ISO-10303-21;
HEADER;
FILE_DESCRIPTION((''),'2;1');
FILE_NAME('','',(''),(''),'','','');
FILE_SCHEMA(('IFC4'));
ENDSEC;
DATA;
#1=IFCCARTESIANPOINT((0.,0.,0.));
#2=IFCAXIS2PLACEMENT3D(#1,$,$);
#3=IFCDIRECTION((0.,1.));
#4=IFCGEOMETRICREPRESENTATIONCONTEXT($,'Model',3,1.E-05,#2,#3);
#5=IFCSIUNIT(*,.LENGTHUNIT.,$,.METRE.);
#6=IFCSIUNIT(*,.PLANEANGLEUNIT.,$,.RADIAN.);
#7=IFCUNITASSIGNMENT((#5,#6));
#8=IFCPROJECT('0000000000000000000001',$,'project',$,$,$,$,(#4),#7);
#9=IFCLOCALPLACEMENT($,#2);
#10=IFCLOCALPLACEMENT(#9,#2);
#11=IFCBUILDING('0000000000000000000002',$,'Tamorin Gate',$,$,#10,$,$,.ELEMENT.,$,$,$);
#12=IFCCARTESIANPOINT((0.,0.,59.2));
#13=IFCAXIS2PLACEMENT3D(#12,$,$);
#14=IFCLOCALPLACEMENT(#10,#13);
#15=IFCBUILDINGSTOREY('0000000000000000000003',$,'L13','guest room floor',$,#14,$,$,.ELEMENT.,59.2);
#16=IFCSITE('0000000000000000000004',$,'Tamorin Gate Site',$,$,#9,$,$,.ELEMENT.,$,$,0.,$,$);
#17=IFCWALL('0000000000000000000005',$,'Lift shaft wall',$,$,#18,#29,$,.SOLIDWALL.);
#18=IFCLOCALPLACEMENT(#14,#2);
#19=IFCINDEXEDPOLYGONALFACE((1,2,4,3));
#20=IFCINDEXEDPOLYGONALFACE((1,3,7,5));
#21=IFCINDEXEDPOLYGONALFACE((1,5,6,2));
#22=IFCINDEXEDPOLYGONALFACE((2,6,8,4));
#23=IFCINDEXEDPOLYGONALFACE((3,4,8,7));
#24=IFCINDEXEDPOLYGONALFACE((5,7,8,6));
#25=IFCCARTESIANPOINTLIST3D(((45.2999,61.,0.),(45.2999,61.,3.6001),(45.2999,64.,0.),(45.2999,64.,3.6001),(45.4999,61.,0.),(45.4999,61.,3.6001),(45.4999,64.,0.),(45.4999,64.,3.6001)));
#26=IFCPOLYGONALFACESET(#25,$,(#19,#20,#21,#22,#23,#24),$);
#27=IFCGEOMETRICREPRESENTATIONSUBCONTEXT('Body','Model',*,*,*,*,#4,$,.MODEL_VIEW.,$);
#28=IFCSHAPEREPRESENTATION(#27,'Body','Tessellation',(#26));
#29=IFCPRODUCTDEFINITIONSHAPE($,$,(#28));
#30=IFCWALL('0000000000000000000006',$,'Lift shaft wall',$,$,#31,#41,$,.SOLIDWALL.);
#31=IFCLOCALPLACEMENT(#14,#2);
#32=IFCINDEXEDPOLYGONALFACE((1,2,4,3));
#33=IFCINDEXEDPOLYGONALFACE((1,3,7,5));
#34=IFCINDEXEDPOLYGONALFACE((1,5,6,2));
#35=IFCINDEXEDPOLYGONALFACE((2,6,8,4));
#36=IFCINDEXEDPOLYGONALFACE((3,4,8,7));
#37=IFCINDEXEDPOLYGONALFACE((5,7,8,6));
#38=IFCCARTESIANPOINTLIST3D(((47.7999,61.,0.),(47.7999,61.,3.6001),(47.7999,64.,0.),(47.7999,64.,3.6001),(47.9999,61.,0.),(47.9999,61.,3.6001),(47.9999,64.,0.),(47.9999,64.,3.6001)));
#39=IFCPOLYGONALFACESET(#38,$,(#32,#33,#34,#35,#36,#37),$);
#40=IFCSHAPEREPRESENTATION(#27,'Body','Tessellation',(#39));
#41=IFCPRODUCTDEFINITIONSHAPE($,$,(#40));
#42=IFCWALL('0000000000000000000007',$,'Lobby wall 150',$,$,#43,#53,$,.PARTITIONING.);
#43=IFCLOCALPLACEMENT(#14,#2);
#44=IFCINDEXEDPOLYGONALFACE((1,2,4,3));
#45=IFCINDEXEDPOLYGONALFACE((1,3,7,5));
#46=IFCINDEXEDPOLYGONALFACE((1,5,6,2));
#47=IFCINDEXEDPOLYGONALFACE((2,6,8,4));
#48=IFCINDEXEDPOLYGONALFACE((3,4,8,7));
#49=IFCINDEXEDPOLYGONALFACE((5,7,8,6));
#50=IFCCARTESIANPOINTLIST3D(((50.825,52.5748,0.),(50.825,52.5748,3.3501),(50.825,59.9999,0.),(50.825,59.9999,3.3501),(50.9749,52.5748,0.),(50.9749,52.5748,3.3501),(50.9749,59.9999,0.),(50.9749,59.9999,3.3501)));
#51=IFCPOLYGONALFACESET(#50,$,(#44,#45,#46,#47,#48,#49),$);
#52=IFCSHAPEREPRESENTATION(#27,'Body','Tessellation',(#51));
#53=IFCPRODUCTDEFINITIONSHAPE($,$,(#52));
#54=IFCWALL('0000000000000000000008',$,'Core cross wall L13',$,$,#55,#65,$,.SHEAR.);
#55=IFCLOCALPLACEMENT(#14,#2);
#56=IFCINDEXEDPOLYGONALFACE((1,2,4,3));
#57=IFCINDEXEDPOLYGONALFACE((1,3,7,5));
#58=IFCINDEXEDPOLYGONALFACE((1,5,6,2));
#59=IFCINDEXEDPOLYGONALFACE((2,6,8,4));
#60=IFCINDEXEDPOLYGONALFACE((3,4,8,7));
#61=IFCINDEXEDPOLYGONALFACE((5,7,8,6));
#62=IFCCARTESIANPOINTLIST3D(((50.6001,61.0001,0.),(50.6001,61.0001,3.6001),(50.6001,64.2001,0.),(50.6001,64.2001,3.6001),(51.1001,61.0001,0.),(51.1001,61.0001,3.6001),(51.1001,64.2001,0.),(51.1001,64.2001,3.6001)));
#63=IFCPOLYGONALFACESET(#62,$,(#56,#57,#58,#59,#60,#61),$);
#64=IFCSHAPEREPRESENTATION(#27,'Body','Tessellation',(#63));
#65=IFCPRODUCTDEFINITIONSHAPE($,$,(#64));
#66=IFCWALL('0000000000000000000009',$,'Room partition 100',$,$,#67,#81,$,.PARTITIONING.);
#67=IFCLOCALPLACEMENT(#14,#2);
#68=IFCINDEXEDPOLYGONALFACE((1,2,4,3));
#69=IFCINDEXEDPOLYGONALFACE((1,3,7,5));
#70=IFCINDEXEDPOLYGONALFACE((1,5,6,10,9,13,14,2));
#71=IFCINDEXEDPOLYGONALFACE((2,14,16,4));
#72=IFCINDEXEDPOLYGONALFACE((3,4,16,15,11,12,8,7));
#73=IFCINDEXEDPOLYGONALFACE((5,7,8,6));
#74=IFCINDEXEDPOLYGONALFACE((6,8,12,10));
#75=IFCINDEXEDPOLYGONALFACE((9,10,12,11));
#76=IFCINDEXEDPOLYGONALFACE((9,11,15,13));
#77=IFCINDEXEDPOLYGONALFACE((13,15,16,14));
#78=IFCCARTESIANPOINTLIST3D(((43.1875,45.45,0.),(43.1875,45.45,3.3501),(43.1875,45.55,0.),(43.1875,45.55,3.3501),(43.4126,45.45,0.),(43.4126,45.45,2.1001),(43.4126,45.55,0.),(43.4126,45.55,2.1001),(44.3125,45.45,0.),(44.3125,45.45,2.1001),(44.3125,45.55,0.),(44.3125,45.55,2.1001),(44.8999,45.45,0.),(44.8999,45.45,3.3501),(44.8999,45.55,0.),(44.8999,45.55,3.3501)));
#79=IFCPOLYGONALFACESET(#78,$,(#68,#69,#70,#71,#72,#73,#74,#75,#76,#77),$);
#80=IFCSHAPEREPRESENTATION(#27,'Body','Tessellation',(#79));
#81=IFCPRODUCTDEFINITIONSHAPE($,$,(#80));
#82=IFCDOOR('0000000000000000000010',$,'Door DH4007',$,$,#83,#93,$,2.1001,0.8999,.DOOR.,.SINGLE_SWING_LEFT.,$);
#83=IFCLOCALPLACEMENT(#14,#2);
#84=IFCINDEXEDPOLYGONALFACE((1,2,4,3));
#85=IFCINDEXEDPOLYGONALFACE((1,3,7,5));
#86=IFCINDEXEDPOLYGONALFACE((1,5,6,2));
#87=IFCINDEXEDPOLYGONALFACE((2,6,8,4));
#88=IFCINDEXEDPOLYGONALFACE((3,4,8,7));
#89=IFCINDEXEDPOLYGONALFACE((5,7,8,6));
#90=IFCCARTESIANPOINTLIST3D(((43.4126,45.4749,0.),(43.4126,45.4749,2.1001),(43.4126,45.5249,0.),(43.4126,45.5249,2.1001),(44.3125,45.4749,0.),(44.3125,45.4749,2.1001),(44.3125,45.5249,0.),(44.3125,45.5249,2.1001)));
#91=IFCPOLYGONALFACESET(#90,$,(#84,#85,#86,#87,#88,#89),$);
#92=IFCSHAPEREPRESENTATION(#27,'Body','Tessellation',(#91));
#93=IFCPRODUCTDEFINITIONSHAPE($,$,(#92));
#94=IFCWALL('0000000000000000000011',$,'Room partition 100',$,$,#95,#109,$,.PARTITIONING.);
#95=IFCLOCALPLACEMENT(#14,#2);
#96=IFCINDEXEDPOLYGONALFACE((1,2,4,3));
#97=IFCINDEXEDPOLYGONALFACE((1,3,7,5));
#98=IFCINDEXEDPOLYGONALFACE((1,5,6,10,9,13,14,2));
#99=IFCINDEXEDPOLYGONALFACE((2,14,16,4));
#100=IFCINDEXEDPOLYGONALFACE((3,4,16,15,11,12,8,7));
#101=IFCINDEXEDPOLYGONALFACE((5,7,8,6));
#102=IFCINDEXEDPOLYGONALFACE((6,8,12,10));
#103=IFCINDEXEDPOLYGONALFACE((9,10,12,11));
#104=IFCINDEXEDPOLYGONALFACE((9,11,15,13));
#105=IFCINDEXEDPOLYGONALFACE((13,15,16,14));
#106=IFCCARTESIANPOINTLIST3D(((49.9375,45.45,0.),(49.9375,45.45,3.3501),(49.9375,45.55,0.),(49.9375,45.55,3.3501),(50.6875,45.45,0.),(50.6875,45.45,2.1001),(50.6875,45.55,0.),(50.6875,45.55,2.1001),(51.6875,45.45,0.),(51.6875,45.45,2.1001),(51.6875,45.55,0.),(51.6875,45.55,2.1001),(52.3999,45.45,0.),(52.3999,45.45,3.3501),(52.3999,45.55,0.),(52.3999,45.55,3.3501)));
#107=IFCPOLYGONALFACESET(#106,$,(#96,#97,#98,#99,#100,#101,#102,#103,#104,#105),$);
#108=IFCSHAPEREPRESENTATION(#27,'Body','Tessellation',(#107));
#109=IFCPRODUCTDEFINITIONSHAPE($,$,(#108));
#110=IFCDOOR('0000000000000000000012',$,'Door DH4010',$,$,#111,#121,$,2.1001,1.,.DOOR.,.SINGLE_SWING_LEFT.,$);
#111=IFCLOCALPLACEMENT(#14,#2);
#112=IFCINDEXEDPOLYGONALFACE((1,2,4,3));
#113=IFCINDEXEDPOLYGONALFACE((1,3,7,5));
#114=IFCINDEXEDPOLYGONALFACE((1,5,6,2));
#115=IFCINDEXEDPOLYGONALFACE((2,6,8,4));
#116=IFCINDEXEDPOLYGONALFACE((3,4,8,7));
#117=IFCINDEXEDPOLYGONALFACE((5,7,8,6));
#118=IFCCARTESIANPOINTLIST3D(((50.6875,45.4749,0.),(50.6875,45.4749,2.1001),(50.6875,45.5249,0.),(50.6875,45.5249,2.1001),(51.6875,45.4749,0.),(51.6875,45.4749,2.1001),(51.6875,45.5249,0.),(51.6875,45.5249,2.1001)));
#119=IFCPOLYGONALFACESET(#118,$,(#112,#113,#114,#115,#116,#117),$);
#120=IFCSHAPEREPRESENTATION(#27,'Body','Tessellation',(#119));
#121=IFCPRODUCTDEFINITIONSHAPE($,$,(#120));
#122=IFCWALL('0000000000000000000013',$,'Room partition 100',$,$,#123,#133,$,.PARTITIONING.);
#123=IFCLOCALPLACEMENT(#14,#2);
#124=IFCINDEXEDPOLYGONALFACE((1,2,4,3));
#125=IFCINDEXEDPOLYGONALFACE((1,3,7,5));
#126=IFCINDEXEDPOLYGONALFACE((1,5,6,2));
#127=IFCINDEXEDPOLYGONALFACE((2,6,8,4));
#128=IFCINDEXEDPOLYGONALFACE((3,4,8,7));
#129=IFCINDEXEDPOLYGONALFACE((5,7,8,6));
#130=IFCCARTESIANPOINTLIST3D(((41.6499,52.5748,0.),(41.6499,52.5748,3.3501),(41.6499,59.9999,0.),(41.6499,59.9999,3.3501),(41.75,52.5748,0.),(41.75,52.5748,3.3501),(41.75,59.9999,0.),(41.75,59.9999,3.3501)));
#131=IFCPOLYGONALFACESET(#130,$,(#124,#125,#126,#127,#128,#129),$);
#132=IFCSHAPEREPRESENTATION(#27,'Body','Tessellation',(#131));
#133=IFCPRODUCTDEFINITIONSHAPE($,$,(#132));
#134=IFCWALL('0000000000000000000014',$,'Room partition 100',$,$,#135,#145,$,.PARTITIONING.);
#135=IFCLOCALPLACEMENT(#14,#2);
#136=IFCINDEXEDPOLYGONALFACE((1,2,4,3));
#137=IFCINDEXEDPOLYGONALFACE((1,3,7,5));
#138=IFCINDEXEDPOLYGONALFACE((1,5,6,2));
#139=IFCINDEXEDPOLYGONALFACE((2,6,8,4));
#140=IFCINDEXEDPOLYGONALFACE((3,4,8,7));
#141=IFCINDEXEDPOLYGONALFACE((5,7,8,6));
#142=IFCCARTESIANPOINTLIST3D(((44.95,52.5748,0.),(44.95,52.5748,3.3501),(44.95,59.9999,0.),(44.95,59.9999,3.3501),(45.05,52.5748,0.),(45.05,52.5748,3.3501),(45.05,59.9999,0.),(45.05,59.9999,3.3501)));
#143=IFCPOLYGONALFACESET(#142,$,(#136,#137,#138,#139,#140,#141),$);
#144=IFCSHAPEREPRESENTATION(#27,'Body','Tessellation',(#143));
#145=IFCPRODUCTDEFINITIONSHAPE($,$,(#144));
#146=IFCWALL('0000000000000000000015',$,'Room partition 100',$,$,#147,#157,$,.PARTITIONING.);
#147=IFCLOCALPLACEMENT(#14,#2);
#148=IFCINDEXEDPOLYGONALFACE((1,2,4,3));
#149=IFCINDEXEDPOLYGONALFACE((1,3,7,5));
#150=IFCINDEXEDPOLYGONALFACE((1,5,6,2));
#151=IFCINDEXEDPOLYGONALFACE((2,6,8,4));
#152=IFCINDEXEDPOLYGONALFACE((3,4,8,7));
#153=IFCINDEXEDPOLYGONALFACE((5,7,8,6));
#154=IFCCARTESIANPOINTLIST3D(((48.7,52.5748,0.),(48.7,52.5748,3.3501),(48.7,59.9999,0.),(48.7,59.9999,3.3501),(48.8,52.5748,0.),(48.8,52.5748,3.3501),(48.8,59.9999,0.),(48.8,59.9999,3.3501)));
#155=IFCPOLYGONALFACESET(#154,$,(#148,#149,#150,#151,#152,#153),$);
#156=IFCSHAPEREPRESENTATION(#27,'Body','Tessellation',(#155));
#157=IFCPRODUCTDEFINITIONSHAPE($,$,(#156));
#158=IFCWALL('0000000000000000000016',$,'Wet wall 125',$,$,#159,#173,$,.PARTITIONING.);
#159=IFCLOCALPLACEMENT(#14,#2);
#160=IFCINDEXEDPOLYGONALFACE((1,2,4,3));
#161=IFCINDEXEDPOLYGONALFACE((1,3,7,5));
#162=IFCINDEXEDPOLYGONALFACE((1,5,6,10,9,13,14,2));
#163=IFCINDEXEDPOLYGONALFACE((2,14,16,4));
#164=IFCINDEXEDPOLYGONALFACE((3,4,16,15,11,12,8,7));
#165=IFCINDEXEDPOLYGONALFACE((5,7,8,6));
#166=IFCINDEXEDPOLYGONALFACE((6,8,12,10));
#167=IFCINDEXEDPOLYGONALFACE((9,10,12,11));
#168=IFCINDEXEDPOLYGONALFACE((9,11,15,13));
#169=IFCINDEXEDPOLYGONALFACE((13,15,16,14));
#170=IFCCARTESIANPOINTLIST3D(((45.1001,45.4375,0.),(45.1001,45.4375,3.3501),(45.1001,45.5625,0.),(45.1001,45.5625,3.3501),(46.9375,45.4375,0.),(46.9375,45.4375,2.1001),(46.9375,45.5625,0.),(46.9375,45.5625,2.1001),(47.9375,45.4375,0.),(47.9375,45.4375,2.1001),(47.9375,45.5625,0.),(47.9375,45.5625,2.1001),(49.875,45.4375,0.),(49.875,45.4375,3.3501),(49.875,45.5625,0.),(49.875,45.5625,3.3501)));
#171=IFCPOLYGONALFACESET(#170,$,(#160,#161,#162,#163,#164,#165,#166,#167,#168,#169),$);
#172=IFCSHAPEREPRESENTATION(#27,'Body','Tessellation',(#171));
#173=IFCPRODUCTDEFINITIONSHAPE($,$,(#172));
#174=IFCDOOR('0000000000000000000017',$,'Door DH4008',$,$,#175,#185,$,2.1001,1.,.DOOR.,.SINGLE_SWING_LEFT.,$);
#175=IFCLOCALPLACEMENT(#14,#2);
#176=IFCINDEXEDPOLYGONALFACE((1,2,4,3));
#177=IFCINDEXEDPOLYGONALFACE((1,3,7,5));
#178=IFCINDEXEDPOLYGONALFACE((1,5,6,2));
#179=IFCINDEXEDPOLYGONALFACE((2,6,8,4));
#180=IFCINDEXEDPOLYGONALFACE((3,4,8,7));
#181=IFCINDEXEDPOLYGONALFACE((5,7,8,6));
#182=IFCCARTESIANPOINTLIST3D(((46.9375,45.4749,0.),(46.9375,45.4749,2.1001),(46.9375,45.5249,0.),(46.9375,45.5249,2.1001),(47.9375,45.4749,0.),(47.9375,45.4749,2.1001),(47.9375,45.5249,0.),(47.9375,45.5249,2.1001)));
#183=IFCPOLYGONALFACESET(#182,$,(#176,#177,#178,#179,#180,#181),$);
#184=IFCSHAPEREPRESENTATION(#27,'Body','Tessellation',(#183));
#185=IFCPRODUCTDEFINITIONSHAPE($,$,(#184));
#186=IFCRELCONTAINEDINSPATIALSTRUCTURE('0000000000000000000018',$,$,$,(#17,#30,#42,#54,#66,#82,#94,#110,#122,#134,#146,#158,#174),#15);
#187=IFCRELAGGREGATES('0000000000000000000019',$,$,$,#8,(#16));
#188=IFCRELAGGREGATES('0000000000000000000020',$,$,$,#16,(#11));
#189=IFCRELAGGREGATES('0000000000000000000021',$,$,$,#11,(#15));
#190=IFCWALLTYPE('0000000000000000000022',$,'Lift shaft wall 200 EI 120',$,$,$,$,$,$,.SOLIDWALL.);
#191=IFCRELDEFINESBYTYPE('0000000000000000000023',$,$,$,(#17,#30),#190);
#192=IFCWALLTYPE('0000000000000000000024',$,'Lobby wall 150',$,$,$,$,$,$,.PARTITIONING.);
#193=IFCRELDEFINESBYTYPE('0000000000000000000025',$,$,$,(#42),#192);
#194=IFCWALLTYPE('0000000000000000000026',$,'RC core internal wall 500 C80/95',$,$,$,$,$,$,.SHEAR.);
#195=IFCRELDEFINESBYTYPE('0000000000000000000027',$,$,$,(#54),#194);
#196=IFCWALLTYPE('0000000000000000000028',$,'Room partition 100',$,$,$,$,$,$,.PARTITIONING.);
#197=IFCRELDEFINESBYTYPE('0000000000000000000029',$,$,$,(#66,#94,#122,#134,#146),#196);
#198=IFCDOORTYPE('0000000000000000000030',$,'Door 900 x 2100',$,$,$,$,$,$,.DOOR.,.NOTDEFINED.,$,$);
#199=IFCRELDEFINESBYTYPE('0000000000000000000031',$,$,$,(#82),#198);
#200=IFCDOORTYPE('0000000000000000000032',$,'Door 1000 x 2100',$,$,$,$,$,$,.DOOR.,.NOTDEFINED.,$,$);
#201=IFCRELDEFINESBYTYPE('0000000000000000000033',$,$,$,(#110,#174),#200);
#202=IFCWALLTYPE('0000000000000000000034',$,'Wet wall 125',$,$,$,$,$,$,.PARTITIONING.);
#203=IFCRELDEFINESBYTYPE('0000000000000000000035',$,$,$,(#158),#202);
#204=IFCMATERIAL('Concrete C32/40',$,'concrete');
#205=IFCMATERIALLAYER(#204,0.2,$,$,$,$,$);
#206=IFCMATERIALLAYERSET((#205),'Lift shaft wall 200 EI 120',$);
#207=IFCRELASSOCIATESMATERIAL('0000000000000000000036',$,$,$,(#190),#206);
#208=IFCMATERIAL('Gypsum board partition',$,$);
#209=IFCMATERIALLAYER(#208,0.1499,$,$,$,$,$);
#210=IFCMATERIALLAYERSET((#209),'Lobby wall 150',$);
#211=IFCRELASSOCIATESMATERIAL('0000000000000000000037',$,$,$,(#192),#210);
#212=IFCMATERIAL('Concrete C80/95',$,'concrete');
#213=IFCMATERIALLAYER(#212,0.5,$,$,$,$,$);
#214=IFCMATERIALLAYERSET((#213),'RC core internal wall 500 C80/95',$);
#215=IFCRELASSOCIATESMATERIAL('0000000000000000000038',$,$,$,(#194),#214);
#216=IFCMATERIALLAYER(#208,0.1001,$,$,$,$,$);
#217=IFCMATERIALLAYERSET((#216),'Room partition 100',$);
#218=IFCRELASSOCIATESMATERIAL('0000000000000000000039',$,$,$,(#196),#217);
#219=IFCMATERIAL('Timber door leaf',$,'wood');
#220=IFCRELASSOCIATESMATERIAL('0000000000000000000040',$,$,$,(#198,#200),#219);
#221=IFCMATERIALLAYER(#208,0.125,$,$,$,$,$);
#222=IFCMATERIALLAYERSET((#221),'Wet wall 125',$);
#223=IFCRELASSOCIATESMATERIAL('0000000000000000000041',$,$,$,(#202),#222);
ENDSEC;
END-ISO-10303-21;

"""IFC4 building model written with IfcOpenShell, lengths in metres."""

from ifc_helpers import new_model, si_unit, direction, frame, frame_2d, origin, place, context, subcontext, project, spatial, rectangle, extrude, material, layer, layer_set, type_object, element, fill, save


model = new_model("IFC4")

# Units and contexts
model_context = context("Model", 3, precision=1e-05, world=origin(), true_north=direction((0.0, 1.0)))
body_context = subcontext(model_context, "Body", "Model", "MODEL_VIEW")
ifc_project = project(units=[si_unit("LENGTHUNIT", "METRE"), si_unit("PLANEANGLEUNIT", "RADIAN")], contexts=[model_context])

# Site, building, storey
site_placement = place(None, origin())
site = spatial("IfcSite", under=ifc_project, at=site_placement, Name="Tamorin Gate Site", CompositionType="ELEMENT", RefElevation=0.0)
building_placement = place(site_placement, origin())
building = spatial("IfcBuilding", under=site, at=building_placement, Name="Tamorin Gate", CompositionType="ELEMENT")
storey_placement = place(building_placement, frame((0.0, 0.0, 59.2)))
storey = spatial("IfcBuildingStorey", under=building, at=storey_placement, Name="L13", Description="guest room floor", CompositionType="ELEMENT", Elevation=59.2)

# Shared definitions
ifc_material_1 = material(Name="Concrete C80/95", Category="concrete")

# Walls
ifc_material_2 = material(Name="Gypsum board partition")
ifc_material_3 = material(Name="Concrete C32/40", Category="concrete")
ifc_layer_1 = layer(ifc_material_3, 0.2)
ifc_layer_set_1 = layer_set([ifc_layer_1], Name="Lift shaft wall 200 EI 120")
wall_type_1 = type_object("IfcWallType", Name="Lift shaft wall 200 EI 120", PredefinedType="SOLIDWALL", material=ifc_layer_set_1)
for number, where, z_axis, x_axis, name in (
    (1, (45.3999, 61.0, 0.0), (0.0, 0.0, 1.0), (0.0, 1.0, 0.0), "Lift shaft wall"),
    (2, (47.8999, 61.0, 0.0), (0.0, 0.0, 1.0), (0.0, 1.0, 0.0), "Lift shaft wall"),
):
    element("IfcWall", number, at=place(storey_placement, frame(where, z_axis=z_axis, x_axis=x_axis)), inside=storey, type_object=wall_type_1, Name=name, PredefinedType="SOLIDWALL", context=body_context, shape_type="SweptSolid", body=[
        extrude(rectangle(XDim=3.0, YDim=0.2, at=frame_2d((1.5, 0.0))), origin(), (0.0, 0.0, 1.0), 3.6001),
    ])
ifc_layer_2 = layer(ifc_material_2, 0.1499)
ifc_layer_set_2 = layer_set([ifc_layer_2], Name="Lobby wall 150")
wall_type_2 = type_object("IfcWallType", Name="Lobby wall 150", PredefinedType="PARTITIONING", material=ifc_layer_set_2)
wall_1_placement = place(storey_placement, frame((50.8999, 52.575, 0.0), z_axis=(0.0, 0.0, 1.0), x_axis=(0.0, 1.0, 0.0)))
element("IfcWall", 3, at=wall_1_placement, inside=storey, type_object=wall_type_2, Name="Lobby wall 150", PredefinedType="PARTITIONING", context=body_context, shape_type="SweptSolid", body=[
    extrude(rectangle(XDim=7.425, YDim=0.1499, at=frame_2d((3.7124, 0.0))), origin(), (0.0, 0.0, 1.0), 3.3501),
])
ifc_layer_3 = layer(ifc_material_1, 0.5)
ifc_layer_set_3 = layer_set([ifc_layer_3], Name="RC core internal wall 500 C80/95")
wall_type_3 = type_object("IfcWallType", Name="RC core internal wall 500 C80/95", PredefinedType="SHEAR", material=ifc_layer_set_3)
wall_2_placement = place(storey_placement, frame((50.8501, 61.0, 0.0), z_axis=(0.0, 0.0, 1.0), x_axis=(0.0, 1.0, 0.0)))
element("IfcWall", 4, at=wall_2_placement, inside=storey, type_object=wall_type_3, Name="Core cross wall L13", PredefinedType="SHEAR", context=body_context, shape_type="SweptSolid", body=[
    extrude(rectangle(XDim=3.2, YDim=0.5, at=frame_2d((1.6001, 0.0))), origin(), (0.0, 0.0, 1.0), 3.6001),
])

# Walls, openings, doors
ifc_layer_4 = layer(ifc_material_2, 0.1001)
ifc_layer_set_4 = layer_set([ifc_layer_4], Name="Room partition 100")
wall_type_4 = type_object("IfcWallType", Name="Room partition 100", PredefinedType="PARTITIONING", material=ifc_layer_set_4)
wall_3_placement = place(storey_placement, frame((43.1875, 45.5, 0.0), z_axis=(0.0, 0.0, 1.0), x_axis=(1.0, 0.0, 0.0)))
wall_3 = element("IfcWall", 5, at=wall_3_placement, inside=storey, type_object=wall_type_4, Name="Room partition 100", PredefinedType="PARTITIONING", context=body_context, shape_type="SweptSolid", body=[
    extrude(rectangle(XDim=1.7124, YDim=0.1001, at=frame_2d((0.8562, 0.0))), origin(), (0.0, 0.0, 1.0), 3.3501),
])
opening_1_placement = place(wall_3_placement, frame((0.2251, 0.0, 0.0)))
opening_1 = element("IfcOpeningElement", 6, at=opening_1_placement, cuts=wall_3, PredefinedType="OPENING", context=body_context, shape_type="SweptSolid", body=[
    extrude(rectangle(XDim=0.8999, YDim=2.1001, at=frame_2d((0.45, 1.05))), frame((0.0, 0.0601, 0.0), z_axis=(0.0, -1.0, 0.0), x_axis=(1.0, 0.0, 0.0)), (0.0, 0.0, 1.0), 0.1201),
])
ifc_material_4 = material(Name="Timber door leaf", Category="wood")
door_type_1 = type_object("IfcDoorType", Name="Door 900 x 2100", OperationType="NOTDEFINED", PredefinedType="DOOR", material=ifc_material_4)
door_1_placement = place(opening_1_placement, origin())
door_1 = element("IfcDoor", 7, at=door_1_placement, inside=storey, type_object=door_type_1, Name="Door DH4007", OperationType="SINGLE_SWING_LEFT", OverallHeight=2.1001, OverallWidth=0.8999, PredefinedType="DOOR", context=body_context, shape_type="SweptSolid", body=[
    extrude(rectangle(XDim=0.8999, YDim=2.1001, at=frame_2d((0.45, 1.05))), frame((0.0, 0.0249, 0.0), z_axis=(0.0, -1.0, 0.0), x_axis=(1.0, 0.0, 0.0)), (0.0, 0.0, 1.0), 0.05),
])
fill(opening_1, door_1)
wall_4_placement = place(storey_placement, frame((49.9375, 45.5, 0.0), z_axis=(0.0, 0.0, 1.0), x_axis=(1.0, 0.0, 0.0)))
wall_4 = element("IfcWall", 8, at=wall_4_placement, inside=storey, type_object=wall_type_4, Name="Room partition 100", PredefinedType="PARTITIONING", context=body_context, shape_type="SweptSolid", body=[
    extrude(rectangle(XDim=2.4624, YDim=0.1001, at=frame_2d((1.2312, 0.0))), origin(), (0.0, 0.0, 1.0), 3.3501),
])
opening_2_placement = place(wall_4_placement, frame((0.75, 0.0, 0.0)))
opening_2 = element("IfcOpeningElement", 9, at=opening_2_placement, cuts=wall_4, PredefinedType="OPENING", context=body_context, shape_type="SweptSolid", body=[
    extrude(rectangle(XDim=1.0, YDim=2.1001, at=frame_2d((0.5, 1.05))), frame((0.0, 0.0601, 0.0), z_axis=(0.0, -1.0, 0.0), x_axis=(1.0, 0.0, 0.0)), (0.0, 0.0, 1.0), 0.1201),
])
door_type_2 = type_object("IfcDoorType", Name="Door 1000 x 2100", OperationType="NOTDEFINED", PredefinedType="DOOR", material=ifc_material_4)
door_2_placement = place(opening_2_placement, origin())
door_2 = element("IfcDoor", 10, at=door_2_placement, inside=storey, type_object=door_type_2, Name="Door DH4010", OperationType="SINGLE_SWING_LEFT", OverallHeight=2.1001, OverallWidth=1.0, PredefinedType="DOOR", context=body_context, shape_type="SweptSolid", body=[
    extrude(rectangle(XDim=1.0, YDim=2.1001, at=frame_2d((0.5, 1.05))), frame((0.0, 0.0249, 0.0), z_axis=(0.0, -1.0, 0.0), x_axis=(1.0, 0.0, 0.0)), (0.0, 0.0, 1.0), 0.05),
])
fill(opening_2, door_2)

# Walls
for number, where, z_axis, x_axis, name in (
    (11, (41.7, 52.575, 0.0), (0.0, 0.0, 1.0), (0.0, 1.0, 0.0), "Room partition 100"),
    (12, (45.0, 52.575, 0.0), (0.0, 0.0, 1.0), (0.0, 1.0, 0.0), "Room partition 100"),
    (13, (48.75, 52.575, 0.0), (0.0, 0.0, 1.0), (0.0, 1.0, 0.0), "Room partition 100"),
):
    element("IfcWall", number, at=place(storey_placement, frame(where, z_axis=z_axis, x_axis=x_axis)), inside=storey, type_object=wall_type_4, Name=name, PredefinedType="PARTITIONING", context=body_context, shape_type="SweptSolid", body=[
        extrude(rectangle(XDim=7.425, YDim=0.1001, at=frame_2d((3.7124, 0.0))), origin(), (0.0, 0.0, 1.0), 3.3501),
    ])

# Wall, opening, door
ifc_layer_5 = layer(ifc_material_2, 0.125)
ifc_layer_set_5 = layer_set([ifc_layer_5], Name="Wet wall 125")
wall_type_5 = type_object("IfcWallType", Name="Wet wall 125", PredefinedType="PARTITIONING", material=ifc_layer_set_5)
wall_5_placement = place(storey_placement, frame((45.1001, 45.5, 0.0), z_axis=(0.0, 0.0, 1.0), x_axis=(1.0, 0.0, 0.0)))
wall_5 = element("IfcWall", 14, at=wall_5_placement, inside=storey, type_object=wall_type_5, Name="Wet wall 125", PredefinedType="PARTITIONING", context=body_context, shape_type="SweptSolid", body=[
    extrude(rectangle(XDim=4.7749, YDim=0.125, at=frame_2d((2.3875, 0.0))), origin(), (0.0, 0.0, 1.0), 3.3501),
])
opening_3_placement = place(wall_5_placement, frame((1.8374, 0.0, 0.0)))
opening_3 = element("IfcOpeningElement", 15, at=opening_3_placement, cuts=wall_5, PredefinedType="OPENING", context=body_context, shape_type="SweptSolid", body=[
    extrude(rectangle(XDim=1.0, YDim=2.1001, at=frame_2d((0.5, 1.05))), frame((0.0, 0.0725, 0.0), z_axis=(0.0, -1.0, 0.0), x_axis=(1.0, 0.0, 0.0)), (0.0, 0.0, 1.0), 0.145),
])
door_3_placement = place(opening_3_placement, origin())
door_3 = element("IfcDoor", 16, at=door_3_placement, inside=storey, type_object=door_type_2, Name="Door DH4008", OperationType="SINGLE_SWING_LEFT", OverallHeight=2.1001, OverallWidth=1.0, PredefinedType="DOOR", context=body_context, shape_type="SweptSolid", body=[
    extrude(rectangle(XDim=1.0, YDim=2.1001, at=frame_2d((0.5, 1.05))), frame((0.0, 0.0249, 0.0), z_axis=(0.0, -1.0, 0.0), x_axis=(1.0, 0.0, 0.0)), (0.0, 0.0, 1.0), 0.05),
])
fill(opening_3, door_3)

save(model, "model.ifc")
